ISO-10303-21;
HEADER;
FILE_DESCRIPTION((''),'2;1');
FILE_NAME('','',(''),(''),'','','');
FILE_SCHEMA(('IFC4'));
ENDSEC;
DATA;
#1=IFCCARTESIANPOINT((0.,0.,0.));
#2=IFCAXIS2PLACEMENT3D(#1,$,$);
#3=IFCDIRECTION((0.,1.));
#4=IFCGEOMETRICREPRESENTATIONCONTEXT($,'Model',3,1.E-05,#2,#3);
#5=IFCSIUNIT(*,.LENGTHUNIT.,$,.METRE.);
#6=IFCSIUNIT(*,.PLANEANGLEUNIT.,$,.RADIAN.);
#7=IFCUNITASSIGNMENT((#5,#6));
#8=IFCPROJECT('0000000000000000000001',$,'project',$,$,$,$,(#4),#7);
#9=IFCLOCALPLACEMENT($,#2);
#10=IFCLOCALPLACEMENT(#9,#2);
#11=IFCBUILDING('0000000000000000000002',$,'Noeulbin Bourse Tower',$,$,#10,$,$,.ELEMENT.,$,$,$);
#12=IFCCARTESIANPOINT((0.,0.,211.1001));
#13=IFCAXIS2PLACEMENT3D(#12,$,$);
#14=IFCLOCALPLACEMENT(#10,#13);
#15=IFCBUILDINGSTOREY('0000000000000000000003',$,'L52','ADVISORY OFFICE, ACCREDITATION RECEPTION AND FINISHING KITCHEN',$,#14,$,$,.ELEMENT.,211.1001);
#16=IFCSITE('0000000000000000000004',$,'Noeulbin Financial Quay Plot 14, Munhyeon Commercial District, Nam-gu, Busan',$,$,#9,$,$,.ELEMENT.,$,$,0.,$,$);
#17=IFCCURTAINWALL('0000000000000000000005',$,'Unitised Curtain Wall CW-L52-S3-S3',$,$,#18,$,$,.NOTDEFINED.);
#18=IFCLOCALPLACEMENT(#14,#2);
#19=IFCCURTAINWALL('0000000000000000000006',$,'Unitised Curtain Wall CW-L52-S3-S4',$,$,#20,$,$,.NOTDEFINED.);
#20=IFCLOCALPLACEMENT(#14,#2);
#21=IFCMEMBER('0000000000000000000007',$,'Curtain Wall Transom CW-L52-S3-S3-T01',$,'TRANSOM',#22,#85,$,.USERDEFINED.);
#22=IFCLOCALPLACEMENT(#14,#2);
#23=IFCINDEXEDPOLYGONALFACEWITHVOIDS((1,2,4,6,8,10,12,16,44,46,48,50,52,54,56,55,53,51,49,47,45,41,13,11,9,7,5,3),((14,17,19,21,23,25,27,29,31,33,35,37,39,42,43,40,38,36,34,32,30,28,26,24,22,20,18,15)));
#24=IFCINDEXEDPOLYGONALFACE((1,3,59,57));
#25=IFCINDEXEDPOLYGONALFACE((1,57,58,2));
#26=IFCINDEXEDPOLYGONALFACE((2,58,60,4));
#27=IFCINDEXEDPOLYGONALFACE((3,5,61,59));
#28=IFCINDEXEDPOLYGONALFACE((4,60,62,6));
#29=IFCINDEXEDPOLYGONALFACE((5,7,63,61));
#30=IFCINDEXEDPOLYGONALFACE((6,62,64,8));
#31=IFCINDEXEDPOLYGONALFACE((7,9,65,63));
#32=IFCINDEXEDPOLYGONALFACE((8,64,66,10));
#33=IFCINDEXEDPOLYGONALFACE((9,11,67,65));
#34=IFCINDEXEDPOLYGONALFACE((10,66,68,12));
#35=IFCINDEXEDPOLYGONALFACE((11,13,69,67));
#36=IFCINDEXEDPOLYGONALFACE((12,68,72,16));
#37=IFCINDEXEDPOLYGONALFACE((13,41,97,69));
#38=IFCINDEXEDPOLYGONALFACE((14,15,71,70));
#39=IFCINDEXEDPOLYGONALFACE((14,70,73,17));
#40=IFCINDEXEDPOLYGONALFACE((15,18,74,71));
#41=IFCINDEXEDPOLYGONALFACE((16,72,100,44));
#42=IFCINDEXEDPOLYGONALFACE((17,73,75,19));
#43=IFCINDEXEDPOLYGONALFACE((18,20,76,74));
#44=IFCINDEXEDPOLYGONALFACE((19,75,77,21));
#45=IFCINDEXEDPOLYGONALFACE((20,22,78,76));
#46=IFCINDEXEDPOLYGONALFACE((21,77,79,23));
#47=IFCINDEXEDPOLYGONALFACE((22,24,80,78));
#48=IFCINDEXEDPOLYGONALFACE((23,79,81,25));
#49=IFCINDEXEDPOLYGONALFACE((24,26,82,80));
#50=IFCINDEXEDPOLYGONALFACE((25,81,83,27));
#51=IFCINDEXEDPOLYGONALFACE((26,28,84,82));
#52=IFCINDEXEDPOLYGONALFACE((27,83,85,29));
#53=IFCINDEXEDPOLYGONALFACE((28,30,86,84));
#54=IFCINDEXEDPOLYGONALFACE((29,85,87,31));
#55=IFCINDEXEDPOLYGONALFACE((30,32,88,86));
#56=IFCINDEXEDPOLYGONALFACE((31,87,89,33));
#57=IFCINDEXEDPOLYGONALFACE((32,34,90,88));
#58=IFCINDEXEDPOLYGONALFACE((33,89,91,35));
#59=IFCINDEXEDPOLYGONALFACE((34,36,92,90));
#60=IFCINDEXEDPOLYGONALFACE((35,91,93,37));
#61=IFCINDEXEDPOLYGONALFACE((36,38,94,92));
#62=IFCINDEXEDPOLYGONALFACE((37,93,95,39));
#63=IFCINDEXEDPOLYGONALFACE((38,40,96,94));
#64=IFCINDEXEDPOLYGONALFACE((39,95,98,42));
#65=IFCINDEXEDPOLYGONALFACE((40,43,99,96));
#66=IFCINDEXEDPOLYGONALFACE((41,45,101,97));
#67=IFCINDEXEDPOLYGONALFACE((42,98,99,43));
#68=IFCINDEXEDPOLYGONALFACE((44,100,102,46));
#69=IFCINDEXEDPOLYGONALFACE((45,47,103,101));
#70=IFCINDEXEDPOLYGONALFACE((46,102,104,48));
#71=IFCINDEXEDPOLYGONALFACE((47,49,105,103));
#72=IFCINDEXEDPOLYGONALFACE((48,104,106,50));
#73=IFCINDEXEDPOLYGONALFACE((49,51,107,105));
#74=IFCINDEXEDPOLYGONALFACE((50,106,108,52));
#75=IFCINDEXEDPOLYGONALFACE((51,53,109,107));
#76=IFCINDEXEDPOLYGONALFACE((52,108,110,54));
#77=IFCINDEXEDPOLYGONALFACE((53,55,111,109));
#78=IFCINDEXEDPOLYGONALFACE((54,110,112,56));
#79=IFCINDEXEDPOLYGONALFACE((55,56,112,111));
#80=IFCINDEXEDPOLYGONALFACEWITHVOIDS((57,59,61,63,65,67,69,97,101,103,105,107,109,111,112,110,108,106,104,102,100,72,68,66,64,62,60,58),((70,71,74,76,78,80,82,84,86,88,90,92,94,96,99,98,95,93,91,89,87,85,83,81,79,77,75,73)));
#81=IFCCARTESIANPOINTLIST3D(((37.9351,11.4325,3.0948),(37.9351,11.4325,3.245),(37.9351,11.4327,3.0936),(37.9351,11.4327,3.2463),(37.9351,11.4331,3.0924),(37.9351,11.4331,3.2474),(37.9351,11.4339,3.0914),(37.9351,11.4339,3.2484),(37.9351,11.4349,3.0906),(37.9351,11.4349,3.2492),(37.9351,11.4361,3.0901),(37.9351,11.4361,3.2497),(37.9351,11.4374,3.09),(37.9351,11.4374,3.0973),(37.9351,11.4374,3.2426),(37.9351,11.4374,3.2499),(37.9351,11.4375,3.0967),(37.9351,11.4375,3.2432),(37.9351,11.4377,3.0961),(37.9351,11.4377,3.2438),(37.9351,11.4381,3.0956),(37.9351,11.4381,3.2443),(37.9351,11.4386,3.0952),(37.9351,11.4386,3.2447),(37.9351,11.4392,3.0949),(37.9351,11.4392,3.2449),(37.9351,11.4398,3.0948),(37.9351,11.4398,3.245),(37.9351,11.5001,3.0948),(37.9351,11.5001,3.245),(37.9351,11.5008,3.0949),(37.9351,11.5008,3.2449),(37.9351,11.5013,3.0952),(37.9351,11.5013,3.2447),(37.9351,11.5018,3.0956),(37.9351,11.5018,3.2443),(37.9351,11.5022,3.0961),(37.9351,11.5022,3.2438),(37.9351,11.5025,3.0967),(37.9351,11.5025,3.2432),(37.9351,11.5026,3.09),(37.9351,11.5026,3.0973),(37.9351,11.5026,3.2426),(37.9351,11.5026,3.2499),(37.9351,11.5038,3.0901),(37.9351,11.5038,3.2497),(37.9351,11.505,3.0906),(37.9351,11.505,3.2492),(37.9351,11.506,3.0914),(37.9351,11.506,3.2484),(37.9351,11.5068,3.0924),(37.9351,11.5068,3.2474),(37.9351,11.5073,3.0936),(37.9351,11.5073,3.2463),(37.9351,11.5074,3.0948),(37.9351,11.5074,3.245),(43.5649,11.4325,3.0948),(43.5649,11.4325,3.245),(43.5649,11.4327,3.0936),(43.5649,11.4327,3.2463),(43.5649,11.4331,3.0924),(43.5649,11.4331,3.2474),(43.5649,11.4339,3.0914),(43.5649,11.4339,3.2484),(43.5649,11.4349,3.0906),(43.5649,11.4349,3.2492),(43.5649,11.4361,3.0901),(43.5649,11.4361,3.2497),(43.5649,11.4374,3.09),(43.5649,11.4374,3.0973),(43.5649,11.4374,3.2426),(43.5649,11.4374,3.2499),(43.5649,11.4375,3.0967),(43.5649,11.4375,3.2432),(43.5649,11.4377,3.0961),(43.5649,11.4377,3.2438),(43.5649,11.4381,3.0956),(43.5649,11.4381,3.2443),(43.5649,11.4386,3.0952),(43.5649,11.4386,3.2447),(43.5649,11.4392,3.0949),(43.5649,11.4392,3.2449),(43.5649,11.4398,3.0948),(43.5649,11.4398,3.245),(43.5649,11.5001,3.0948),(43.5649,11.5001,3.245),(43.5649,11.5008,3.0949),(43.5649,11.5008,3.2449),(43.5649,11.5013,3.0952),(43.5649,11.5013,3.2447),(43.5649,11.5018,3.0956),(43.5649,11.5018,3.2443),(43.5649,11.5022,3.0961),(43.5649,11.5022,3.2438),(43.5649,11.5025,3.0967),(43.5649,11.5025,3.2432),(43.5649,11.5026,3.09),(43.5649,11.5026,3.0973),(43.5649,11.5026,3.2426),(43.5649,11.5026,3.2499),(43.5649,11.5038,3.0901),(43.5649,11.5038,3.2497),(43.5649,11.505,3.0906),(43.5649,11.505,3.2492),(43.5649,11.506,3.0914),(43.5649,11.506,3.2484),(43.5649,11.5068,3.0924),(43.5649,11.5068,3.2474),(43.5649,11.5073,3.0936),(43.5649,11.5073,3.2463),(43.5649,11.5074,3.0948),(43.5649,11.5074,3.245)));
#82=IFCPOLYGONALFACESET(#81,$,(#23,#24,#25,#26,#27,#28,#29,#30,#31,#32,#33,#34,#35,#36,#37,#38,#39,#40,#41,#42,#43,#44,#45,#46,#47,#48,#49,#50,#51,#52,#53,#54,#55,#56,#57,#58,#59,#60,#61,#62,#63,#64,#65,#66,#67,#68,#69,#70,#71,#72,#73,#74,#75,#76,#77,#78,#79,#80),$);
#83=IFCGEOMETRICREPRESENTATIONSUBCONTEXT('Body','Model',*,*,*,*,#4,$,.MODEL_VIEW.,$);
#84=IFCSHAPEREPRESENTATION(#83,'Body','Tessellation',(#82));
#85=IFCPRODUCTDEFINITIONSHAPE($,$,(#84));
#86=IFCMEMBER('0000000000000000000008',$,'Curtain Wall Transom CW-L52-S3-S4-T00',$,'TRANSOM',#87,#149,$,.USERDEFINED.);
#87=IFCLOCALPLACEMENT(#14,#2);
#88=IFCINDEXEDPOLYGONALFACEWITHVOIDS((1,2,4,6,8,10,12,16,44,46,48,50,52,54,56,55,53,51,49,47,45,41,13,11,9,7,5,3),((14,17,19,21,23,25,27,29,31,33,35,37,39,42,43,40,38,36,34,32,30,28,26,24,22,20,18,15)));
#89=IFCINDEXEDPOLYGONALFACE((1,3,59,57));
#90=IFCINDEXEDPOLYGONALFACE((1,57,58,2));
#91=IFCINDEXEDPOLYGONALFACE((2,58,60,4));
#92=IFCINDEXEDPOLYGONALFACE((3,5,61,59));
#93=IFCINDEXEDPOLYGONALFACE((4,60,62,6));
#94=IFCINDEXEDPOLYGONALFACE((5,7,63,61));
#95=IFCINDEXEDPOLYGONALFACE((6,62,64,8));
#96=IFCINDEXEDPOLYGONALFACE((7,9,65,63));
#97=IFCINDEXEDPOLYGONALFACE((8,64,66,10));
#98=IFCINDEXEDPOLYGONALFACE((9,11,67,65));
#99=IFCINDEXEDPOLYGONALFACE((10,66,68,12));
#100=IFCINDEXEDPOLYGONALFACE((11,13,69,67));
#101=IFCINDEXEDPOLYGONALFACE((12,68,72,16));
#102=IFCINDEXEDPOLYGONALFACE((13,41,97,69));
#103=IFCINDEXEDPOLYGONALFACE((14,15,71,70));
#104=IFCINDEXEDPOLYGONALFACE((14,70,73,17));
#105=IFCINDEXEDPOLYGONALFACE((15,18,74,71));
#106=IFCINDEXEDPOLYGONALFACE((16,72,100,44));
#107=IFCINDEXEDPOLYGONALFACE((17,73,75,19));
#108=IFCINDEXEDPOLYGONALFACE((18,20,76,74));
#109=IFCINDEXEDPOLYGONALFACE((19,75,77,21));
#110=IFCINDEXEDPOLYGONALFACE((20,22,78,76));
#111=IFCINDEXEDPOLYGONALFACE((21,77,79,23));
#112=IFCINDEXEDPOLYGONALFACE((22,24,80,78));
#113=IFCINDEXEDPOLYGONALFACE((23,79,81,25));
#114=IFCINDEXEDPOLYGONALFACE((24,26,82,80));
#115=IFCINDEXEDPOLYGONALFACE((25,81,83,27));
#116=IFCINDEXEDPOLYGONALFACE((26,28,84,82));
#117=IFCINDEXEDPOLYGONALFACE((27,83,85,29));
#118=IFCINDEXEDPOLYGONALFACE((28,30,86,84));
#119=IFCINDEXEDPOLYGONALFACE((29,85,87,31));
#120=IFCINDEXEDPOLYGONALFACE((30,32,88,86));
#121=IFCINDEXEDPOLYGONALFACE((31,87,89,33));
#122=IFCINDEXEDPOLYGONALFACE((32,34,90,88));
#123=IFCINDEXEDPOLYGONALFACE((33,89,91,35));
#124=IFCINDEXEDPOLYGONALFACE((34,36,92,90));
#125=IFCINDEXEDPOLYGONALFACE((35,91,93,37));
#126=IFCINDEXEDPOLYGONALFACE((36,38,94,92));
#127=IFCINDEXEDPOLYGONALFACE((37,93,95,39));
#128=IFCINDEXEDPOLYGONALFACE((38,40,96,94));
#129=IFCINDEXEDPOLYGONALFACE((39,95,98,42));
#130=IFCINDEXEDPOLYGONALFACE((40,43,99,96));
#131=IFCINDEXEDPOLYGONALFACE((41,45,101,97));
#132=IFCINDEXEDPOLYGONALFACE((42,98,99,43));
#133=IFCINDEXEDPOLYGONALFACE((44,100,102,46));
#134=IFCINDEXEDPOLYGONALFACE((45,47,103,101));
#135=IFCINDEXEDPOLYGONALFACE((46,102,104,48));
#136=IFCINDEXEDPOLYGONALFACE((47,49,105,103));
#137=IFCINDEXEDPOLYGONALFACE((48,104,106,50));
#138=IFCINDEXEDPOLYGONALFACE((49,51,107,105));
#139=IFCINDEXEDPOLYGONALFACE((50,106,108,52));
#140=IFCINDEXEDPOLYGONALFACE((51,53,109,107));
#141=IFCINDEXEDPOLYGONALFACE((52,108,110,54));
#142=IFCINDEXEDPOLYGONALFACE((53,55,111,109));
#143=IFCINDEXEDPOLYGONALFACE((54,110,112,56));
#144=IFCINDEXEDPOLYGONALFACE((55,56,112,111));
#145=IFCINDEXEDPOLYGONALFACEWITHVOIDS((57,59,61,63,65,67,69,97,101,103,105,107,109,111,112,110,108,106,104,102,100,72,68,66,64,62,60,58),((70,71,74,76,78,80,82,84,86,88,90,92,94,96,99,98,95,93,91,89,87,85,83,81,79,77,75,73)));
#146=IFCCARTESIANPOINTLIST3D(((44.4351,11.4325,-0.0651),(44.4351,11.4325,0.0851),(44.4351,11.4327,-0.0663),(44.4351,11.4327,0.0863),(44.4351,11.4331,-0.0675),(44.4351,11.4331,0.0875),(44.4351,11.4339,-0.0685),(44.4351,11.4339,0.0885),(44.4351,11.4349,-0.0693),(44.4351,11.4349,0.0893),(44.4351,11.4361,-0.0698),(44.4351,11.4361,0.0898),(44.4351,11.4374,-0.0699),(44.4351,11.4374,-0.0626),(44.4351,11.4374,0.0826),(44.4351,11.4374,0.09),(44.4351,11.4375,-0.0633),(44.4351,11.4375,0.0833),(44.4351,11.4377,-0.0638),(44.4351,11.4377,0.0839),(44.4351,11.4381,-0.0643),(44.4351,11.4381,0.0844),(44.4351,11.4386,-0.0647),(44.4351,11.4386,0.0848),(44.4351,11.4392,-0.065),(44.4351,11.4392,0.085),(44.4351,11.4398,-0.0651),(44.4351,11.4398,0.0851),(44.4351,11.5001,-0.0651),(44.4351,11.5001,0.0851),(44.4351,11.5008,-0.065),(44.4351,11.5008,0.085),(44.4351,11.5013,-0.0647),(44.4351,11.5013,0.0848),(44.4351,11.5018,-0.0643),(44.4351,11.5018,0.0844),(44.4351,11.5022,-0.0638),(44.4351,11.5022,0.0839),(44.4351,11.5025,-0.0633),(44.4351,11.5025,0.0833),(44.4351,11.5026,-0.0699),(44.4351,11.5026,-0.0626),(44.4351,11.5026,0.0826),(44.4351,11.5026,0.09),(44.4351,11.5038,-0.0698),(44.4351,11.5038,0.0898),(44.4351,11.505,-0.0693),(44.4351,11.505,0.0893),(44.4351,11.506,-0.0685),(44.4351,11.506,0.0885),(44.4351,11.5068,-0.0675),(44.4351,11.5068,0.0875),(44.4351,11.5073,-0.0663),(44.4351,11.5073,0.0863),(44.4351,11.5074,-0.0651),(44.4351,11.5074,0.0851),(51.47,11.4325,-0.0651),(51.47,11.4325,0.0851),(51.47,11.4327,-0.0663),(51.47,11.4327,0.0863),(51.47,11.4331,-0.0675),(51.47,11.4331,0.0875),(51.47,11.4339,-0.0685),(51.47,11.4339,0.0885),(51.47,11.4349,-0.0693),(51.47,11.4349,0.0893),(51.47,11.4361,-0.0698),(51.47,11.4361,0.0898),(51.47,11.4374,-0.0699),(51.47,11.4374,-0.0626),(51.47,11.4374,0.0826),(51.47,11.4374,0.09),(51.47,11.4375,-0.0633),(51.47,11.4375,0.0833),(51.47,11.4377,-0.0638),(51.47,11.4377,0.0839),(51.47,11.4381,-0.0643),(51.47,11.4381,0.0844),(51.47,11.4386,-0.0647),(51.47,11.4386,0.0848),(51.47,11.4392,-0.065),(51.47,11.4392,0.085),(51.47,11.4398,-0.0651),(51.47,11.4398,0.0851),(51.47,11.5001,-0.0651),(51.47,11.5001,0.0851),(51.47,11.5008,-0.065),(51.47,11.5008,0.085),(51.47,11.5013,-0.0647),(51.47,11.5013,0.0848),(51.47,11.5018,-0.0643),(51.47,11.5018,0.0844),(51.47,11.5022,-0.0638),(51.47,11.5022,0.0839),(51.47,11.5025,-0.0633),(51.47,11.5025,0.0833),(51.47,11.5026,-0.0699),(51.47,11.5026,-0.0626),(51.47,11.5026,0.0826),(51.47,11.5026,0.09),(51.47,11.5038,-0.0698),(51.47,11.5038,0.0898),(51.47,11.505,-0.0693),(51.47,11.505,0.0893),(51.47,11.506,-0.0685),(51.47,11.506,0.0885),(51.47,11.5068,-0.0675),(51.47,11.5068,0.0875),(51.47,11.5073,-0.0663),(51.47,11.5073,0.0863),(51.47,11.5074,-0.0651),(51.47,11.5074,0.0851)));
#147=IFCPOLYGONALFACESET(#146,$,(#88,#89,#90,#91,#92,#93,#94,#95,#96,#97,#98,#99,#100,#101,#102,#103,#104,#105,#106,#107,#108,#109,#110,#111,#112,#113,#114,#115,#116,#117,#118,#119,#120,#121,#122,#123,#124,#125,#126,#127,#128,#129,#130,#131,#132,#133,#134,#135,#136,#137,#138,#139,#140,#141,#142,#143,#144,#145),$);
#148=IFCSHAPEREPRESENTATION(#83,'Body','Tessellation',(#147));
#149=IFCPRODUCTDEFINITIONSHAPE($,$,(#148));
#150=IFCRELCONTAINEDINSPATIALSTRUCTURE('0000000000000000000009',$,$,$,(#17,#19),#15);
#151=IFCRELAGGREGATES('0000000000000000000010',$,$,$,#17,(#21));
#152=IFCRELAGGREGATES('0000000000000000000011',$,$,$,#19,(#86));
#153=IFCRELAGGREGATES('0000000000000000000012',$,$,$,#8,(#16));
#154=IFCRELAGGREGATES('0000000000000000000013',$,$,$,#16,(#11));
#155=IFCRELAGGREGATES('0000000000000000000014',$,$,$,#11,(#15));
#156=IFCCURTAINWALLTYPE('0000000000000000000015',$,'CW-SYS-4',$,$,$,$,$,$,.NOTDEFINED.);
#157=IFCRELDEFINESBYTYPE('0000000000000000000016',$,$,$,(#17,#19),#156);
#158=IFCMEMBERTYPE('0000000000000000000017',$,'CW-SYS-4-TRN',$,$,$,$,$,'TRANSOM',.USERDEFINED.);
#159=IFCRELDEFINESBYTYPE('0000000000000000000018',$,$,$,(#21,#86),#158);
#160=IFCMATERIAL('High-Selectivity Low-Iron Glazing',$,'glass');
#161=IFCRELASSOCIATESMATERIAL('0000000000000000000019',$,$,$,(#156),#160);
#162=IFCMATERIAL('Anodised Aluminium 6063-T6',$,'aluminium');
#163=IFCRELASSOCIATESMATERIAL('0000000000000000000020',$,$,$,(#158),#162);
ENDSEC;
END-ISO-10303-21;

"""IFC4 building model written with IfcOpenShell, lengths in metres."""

from ifc_helpers import new_model, si_unit, direction, frame, origin, origin_2d, place, context, subcontext, project, spatial, hollow_rectangle, extrude, material, material_profile, profile_set, type_object, element, aggregate, save


model = new_model("IFC4")

# Units and contexts
model_context = context("Model", 3, precision=1e-05, world=origin(), true_north=direction((0.0, 1.0)))
body_context = subcontext(model_context, "Body", "Model", "MODEL_VIEW")
ifc_project = project(units=[si_unit("LENGTHUNIT", "METRE"), si_unit("PLANEANGLEUNIT", "RADIAN")], contexts=[model_context])

# Site, building, storey
site_placement = place(None, origin())
site = spatial("IfcSite", under=ifc_project, at=site_placement, Name="Noeulbin Financial Quay Plot 14, Munhyeon Commercial District, Nam-gu, Busan", CompositionType="ELEMENT", RefElevation=0.0)
building_placement = place(site_placement, origin())
building = spatial("IfcBuilding", under=site, at=building_placement, Name="Noeulbin Bourse Tower", CompositionType="ELEMENT")
storey_placement = place(building_placement, frame((0.0, 0.0, 211.1001)))
storey = spatial("IfcBuildingStorey", under=building, at=storey_placement, Name="L52", Description="ADVISORY OFFICE, ACCREDITATION RECEPTION AND FINISHING KITCHEN", CompositionType="ELEMENT", Elevation=211.1001)

# Curtain walls
ifc_material_1 = material(Name="High-Selectivity Low-Iron Glazing", Category="glass")
curtain_wall_type = type_object("IfcCurtainWallType", Name="CW-SYS-4", PredefinedType="NOTDEFINED", material=ifc_material_1)
curtain_wall_1_placement = place(storey_placement, origin())
curtain_wall_1 = element("IfcCurtainWall", 1, at=curtain_wall_1_placement, inside=storey, type_object=curtain_wall_type, Name="Unitised Curtain Wall CW-L52-S3-S3", PredefinedType="NOTDEFINED")
ifc_material_2 = material(Name="Anodised Aluminium 6063-T6", Category="aluminium")
curtain_wall_2_placement = place(storey_placement, origin())
curtain_wall_2 = element("IfcCurtainWall", 2, at=curtain_wall_2_placement, inside=storey, type_object=curtain_wall_type, Name="Unitised Curtain Wall CW-L52-S3-S4", PredefinedType="NOTDEFINED")

# Members
ifc_material_profile_1 = material_profile(ifc_material_2, hollow_rectangle(XDim=0.075, YDim=0.1599, WallThickness=0.0049, InnerFilletRadius=0.0024, OuterFilletRadius=0.0049, at=origin_2d()), Name="ALU-TRAN-75x160x5", Category="LoadBearing")
ifc_profile_set_1 = profile_set([ifc_material_profile_1], Name="Anodised Aluminium 6063-T6")
member_type_1 = type_object("IfcMemberType", Name="CW-SYS-4-TRN", ElementType="TRANSOM", PredefinedType="USERDEFINED", material=ifc_profile_set_1)
member_1_placement = place(storey_placement, frame((37.9351, 11.47, 3.1699), z_axis=(1.0, 0.0, 0.0), x_axis=(0.0, 1.0, 0.0)))
member_1 = element("IfcMember", 3, at=member_1_placement, type_object=member_type_1, Name="Curtain Wall Transom CW-L52-S3-S3-T01", ObjectType="TRANSOM", PredefinedType="USERDEFINED", context=body_context, shape_type="SweptSolid", body=[
    extrude(hollow_rectangle(XDim=0.075, YDim=0.1599, WallThickness=0.0049, InnerFilletRadius=0.0024, OuterFilletRadius=0.0049, at=origin_2d()), origin(), (0.0, 0.0, 1.0), 5.6299),
])
member_2_placement = place(storey_placement, frame((44.4351, 11.47, 0.01), z_axis=(1.0, 0.0, 0.0), x_axis=(0.0, 1.0, 0.0)))
member_2 = element("IfcMember", 4, at=member_2_placement, type_object=member_type_1, Name="Curtain Wall Transom CW-L52-S3-S4-T00", ObjectType="TRANSOM", PredefinedType="USERDEFINED", context=body_context, shape_type="SweptSolid", body=[
    extrude(hollow_rectangle(XDim=0.075, YDim=0.1599, WallThickness=0.0049, InnerFilletRadius=0.0024, OuterFilletRadius=0.0049, at=origin_2d()), origin(), (0.0, 0.0, 1.0), 7.0349),
])

aggregate(curtain_wall_1, [member_1])
aggregate(curtain_wall_2, [member_2])

save(model, "model.ifc")
